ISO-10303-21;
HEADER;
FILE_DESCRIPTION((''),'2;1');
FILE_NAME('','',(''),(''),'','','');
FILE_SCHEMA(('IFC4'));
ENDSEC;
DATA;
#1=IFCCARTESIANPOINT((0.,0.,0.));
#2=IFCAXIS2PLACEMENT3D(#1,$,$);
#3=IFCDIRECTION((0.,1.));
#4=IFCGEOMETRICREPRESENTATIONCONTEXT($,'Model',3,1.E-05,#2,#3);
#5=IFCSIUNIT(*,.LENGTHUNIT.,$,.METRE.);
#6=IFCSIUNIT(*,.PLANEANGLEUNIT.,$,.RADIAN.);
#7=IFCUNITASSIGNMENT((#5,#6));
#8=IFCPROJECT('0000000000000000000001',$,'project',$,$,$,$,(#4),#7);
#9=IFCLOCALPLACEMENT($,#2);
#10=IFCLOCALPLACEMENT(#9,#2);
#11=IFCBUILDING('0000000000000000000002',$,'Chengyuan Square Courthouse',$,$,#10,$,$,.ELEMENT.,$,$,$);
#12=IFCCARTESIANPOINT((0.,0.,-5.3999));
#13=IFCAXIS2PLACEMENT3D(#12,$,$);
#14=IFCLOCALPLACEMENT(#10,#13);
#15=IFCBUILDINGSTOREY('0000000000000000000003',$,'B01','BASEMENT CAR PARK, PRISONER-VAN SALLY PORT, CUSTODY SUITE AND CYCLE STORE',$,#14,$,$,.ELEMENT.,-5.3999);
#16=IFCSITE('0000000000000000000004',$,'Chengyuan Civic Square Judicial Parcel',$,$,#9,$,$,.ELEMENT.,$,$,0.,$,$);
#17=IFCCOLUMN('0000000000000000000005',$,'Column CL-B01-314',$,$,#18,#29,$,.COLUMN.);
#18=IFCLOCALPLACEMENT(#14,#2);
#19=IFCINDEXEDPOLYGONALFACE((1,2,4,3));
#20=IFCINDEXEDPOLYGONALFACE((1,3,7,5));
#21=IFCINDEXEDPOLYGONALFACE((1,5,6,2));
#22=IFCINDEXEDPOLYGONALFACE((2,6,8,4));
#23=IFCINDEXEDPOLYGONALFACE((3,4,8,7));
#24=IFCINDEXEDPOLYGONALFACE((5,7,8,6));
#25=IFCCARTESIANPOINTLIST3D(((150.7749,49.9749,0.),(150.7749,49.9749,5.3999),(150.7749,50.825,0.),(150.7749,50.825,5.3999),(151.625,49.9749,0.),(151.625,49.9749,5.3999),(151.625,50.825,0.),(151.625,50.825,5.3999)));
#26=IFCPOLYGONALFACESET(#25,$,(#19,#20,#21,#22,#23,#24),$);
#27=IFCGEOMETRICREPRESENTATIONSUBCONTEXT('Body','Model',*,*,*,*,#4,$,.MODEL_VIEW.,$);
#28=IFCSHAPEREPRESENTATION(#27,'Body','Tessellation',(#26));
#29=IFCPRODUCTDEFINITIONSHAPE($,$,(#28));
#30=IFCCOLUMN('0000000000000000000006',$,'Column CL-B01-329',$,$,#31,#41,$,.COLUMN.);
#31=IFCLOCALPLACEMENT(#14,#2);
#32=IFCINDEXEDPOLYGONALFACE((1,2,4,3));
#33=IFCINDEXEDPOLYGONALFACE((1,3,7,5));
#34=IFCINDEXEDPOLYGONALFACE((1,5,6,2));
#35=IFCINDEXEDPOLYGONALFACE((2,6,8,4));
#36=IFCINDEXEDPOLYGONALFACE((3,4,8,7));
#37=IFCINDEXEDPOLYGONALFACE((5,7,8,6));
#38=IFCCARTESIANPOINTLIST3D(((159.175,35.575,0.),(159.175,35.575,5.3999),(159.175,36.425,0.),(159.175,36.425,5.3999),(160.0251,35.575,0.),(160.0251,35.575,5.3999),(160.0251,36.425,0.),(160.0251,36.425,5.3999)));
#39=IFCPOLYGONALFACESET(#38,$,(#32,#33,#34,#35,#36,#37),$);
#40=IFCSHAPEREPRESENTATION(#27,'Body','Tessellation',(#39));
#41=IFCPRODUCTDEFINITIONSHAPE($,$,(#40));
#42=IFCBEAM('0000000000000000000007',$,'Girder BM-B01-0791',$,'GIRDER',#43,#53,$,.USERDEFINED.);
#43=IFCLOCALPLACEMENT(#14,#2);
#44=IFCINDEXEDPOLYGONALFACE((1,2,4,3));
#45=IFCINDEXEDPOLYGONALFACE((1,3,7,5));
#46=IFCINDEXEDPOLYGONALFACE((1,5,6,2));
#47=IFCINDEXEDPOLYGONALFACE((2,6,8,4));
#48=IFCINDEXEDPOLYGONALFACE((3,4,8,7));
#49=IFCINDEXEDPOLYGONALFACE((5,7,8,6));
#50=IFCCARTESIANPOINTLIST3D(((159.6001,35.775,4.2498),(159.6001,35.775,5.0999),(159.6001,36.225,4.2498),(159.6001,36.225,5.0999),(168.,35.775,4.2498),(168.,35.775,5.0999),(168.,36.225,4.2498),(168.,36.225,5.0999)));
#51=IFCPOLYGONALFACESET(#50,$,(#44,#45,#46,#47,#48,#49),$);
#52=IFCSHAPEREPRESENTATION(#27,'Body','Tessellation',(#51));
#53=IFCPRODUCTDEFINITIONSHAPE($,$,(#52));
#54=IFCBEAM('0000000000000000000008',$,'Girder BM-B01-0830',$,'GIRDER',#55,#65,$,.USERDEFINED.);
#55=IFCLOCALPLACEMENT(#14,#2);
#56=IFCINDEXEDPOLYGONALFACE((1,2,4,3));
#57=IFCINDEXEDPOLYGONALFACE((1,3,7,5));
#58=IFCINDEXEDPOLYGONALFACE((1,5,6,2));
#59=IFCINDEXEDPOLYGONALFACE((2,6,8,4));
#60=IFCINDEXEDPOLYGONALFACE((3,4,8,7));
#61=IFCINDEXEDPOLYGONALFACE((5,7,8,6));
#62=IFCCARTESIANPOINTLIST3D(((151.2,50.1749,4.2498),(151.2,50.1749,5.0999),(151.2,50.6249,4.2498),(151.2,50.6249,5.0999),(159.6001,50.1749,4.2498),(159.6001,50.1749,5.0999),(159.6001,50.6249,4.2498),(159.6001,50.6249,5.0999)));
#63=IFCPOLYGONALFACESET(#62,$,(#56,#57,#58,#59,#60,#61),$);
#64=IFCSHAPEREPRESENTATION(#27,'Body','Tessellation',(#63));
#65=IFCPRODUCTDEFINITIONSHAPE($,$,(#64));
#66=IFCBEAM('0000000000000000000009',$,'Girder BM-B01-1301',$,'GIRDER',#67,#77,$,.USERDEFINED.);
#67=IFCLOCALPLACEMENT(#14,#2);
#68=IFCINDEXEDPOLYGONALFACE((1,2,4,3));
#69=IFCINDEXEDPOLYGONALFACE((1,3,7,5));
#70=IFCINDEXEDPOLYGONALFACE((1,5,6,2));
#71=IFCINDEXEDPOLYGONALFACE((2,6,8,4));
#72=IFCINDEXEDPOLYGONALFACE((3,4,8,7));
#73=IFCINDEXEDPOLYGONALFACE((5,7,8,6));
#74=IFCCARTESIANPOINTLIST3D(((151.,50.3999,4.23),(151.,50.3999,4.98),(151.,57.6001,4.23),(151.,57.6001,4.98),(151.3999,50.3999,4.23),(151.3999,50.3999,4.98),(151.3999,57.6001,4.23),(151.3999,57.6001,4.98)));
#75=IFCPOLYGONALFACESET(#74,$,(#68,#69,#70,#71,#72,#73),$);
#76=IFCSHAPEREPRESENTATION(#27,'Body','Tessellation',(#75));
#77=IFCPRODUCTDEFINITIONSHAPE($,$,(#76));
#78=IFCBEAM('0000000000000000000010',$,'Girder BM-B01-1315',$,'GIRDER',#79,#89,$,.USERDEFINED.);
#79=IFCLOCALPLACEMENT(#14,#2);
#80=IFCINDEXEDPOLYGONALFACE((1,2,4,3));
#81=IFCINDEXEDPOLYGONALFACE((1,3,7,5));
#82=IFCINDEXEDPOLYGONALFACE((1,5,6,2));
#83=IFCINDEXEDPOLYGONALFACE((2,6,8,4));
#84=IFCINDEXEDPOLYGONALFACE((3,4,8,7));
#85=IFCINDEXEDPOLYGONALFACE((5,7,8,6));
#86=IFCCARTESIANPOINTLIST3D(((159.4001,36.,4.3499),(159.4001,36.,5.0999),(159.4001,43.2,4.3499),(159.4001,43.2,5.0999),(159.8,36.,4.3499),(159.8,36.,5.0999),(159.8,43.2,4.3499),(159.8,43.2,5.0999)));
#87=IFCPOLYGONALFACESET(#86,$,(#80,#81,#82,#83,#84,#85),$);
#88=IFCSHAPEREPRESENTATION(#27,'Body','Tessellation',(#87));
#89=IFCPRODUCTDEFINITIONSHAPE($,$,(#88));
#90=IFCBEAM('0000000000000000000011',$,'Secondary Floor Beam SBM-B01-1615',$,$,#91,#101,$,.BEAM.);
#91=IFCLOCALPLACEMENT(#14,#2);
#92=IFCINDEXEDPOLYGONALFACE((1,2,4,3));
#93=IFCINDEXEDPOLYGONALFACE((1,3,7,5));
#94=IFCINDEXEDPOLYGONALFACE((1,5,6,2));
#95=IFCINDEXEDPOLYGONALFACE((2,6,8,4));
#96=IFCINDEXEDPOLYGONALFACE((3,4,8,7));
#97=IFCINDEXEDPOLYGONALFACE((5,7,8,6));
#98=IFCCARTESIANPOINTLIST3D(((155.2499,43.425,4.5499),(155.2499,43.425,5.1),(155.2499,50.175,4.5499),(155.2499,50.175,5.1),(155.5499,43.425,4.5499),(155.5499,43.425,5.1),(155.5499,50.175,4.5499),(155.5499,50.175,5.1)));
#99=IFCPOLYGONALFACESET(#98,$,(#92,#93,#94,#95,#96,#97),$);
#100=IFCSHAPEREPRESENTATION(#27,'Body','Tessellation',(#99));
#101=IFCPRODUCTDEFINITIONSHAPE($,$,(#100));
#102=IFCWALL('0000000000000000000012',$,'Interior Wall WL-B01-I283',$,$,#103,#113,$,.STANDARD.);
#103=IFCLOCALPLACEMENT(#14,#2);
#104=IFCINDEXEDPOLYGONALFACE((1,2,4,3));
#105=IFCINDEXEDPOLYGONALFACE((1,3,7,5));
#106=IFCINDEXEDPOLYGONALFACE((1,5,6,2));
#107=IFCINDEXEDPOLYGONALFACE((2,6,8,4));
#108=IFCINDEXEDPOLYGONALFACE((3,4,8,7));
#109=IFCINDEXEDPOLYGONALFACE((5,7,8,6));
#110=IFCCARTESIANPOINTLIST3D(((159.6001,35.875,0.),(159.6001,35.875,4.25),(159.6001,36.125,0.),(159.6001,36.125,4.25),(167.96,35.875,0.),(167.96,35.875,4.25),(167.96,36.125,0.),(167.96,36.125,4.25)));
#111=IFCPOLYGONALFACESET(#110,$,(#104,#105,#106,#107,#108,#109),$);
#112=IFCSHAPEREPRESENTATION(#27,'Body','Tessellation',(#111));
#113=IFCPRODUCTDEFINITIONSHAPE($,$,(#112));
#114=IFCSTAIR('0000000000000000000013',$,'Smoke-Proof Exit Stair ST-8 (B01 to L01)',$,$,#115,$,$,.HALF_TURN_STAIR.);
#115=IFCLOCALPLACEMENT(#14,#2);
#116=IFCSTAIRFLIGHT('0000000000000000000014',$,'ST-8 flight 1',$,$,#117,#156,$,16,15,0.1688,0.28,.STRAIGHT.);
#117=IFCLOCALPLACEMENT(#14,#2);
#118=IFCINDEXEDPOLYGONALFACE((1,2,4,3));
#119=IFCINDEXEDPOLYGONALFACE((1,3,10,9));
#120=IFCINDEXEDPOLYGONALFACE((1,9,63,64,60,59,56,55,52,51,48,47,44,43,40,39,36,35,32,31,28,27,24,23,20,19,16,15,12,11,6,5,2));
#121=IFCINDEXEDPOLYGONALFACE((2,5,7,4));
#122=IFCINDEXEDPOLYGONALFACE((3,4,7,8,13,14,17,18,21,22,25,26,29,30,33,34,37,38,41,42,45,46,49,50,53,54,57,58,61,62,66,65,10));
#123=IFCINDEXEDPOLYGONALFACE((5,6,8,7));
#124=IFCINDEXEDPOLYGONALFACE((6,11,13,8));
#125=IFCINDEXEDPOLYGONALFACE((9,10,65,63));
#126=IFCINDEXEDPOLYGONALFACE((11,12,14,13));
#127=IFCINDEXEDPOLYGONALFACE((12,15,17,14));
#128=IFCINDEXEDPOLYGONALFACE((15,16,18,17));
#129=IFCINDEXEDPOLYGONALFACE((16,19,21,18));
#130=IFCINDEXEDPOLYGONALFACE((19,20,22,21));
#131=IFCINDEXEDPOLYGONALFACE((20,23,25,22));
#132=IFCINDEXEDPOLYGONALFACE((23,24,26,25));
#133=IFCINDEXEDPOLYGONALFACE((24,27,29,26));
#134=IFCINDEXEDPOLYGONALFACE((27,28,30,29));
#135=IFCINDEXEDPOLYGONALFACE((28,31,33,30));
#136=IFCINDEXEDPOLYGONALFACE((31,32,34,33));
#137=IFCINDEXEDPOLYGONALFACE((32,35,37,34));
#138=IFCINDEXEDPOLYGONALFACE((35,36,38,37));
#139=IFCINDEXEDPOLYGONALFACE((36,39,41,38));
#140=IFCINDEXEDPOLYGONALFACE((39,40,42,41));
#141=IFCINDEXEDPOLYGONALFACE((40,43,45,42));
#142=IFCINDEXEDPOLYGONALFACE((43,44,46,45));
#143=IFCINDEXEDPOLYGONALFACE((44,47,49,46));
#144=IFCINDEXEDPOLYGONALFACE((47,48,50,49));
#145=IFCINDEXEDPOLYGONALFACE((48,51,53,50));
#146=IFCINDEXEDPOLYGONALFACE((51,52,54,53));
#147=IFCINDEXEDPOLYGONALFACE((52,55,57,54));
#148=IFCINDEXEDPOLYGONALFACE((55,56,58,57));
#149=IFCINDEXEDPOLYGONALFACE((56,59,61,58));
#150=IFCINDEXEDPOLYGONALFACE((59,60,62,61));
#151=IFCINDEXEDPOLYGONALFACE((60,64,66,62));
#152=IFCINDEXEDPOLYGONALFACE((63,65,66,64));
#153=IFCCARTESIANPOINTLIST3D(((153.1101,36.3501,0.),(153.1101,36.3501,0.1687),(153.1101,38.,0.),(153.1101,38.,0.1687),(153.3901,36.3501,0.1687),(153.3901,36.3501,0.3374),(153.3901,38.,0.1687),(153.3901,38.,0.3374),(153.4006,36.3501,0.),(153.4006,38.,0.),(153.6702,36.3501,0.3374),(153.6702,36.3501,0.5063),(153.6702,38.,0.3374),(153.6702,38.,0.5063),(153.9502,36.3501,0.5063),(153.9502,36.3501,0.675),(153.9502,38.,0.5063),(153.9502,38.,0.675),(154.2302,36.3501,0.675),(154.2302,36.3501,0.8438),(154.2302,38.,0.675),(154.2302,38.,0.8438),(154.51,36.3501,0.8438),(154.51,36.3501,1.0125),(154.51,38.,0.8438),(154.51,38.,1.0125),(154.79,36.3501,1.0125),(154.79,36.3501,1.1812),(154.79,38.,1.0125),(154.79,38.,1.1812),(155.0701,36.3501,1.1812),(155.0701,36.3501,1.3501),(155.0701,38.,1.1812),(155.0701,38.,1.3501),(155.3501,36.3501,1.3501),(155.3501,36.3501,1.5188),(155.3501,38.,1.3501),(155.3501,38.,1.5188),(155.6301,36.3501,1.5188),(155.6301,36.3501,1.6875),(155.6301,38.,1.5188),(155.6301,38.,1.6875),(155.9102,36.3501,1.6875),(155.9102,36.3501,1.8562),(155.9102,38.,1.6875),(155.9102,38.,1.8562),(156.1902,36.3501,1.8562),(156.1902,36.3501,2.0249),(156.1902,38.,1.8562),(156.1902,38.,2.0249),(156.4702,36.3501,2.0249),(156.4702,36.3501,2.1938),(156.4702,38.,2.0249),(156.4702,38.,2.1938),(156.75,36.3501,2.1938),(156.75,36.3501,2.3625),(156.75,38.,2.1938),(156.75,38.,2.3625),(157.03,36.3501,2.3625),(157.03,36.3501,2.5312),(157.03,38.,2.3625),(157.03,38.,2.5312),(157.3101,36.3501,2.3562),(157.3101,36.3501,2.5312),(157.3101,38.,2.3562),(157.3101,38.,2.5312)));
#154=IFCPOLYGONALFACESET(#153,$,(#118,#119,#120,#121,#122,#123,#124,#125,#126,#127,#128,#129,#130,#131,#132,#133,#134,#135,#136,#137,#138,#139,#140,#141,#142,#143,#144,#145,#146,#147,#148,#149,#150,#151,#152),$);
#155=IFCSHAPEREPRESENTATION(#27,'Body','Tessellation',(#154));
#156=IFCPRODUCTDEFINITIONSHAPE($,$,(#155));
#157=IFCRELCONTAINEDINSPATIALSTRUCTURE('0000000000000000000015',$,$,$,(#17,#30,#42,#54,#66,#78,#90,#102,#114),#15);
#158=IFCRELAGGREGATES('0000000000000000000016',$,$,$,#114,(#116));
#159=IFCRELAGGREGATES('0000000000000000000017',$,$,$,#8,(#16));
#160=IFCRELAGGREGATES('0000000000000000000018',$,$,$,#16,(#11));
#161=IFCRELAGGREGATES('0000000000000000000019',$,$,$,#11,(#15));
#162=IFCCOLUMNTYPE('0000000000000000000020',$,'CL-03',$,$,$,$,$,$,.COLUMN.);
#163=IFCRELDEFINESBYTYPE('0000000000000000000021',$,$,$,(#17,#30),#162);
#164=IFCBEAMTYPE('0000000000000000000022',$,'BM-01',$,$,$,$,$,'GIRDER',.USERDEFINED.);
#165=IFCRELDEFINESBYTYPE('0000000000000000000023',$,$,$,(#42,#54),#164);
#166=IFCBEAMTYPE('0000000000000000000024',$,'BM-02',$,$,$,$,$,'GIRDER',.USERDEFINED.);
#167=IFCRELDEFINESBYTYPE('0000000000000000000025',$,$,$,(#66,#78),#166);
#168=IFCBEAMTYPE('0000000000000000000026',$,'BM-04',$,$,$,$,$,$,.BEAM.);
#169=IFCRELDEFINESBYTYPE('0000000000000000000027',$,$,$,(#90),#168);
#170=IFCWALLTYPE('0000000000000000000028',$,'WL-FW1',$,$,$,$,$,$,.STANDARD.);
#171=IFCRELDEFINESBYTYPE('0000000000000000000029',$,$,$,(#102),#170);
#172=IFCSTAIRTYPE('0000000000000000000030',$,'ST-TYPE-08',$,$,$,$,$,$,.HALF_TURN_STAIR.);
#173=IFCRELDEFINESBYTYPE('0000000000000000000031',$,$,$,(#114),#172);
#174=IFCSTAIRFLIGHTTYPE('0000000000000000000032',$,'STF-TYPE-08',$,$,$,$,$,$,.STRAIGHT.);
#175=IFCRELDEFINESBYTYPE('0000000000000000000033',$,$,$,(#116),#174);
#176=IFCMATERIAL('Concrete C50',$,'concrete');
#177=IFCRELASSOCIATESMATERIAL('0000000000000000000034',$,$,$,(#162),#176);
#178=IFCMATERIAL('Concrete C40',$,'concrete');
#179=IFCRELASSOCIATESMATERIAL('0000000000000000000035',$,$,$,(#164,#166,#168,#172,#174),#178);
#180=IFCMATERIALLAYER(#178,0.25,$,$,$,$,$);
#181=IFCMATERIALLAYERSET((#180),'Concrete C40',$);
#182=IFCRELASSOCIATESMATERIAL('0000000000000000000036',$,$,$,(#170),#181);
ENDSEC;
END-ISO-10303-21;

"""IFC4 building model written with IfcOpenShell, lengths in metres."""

from ifc_helpers import new_model, si_unit, direction, frame, frame_2d, origin, origin_2d, place, context, subcontext, project, spatial, polyline, rectangle, outline, extrude, material, layer, layer_set, material_profile, profile_set, type_object, element, aggregate, save


model = new_model("IFC4")

# Units and contexts
model_context = context("Model", 3, precision=1e-05, world=origin(), true_north=direction((0.0, 1.0)))
body_context = subcontext(model_context, "Body", "Model", "MODEL_VIEW")
ifc_project = project(units=[si_unit("LENGTHUNIT", "METRE"), si_unit("PLANEANGLEUNIT", "RADIAN")], contexts=[model_context])

# Site, building, storey
site_placement = place(None, origin())
site = spatial("IfcSite", under=ifc_project, at=site_placement, Name="Chengyuan Civic Square Judicial Parcel", CompositionType="ELEMENT", RefElevation=0.0)
building_placement = place(site_placement, origin())
building = spatial("IfcBuilding", under=site, at=building_placement, Name="Chengyuan Square Courthouse", CompositionType="ELEMENT")
storey_placement = place(building_placement, frame((0.0, 0.0, -5.3999)))
storey = spatial("IfcBuildingStorey", under=building, at=storey_placement, Name="B01", Description="BASEMENT CAR PARK, PRISONER-VAN SALLY PORT, CUSTODY SUITE AND CYCLE STORE", CompositionType="ELEMENT", Elevation=-5.3999)

# Columns
ifc_material_1 = material(Name="Concrete C50", Category="concrete")
ifc_material_profile_1 = material_profile(ifc_material_1, rectangle(XDim=0.8501, YDim=0.8501, at=origin_2d()), Name="RC-COL-850x850")
ifc_profile_set_1 = profile_set([ifc_material_profile_1], Name="Concrete C50")
column_type = type_object("IfcColumnType", Name="CL-03", PredefinedType="COLUMN", material=ifc_profile_set_1)
for number, where, z_axis, x_axis, name in (
    (1, (151.2, 50.3999, 0.0), (0.0, 0.0, 1.0), (1.0, 0.0, 0.0), "Column CL-B01-314"),
    (2, (159.6001, 36.0, 0.0), (0.0, 0.0, 1.0), (1.0, 0.0, 0.0), "Column CL-B01-329"),
):
    element("IfcColumn", number, at=place(storey_placement, frame(where, z_axis=z_axis, x_axis=x_axis)), inside=storey, type_object=column_type, Name=name, PredefinedType="COLUMN", context=body_context, shape_type="SweptSolid", body=[
        extrude(rectangle(XDim=0.8501, YDim=0.8501, at=origin_2d()), origin(), (0.0, 0.0, 1.0), 5.3999),
    ])

# Beams
ifc_material_2 = material(Name="Concrete C40", Category="concrete")
ifc_material_profile_2 = material_profile(ifc_material_2, rectangle(XDim=0.45, YDim=0.8501, at=origin_2d()), Name="RC-BM-450x850")
ifc_profile_set_2 = profile_set([ifc_material_profile_2], Name="Concrete C40")
beam_type_1 = type_object("IfcBeamType", Name="BM-01", ElementType="GIRDER", PredefinedType="USERDEFINED", material=ifc_profile_set_2)
beam_1_placement = place(storey_placement, frame((159.6001, 36.0, 4.6748), z_axis=(1.0, 0.0, 0.0), x_axis=(0.0, 1.0, 0.0)))
element("IfcBeam", 3, at=beam_1_placement, inside=storey, type_object=beam_type_1, Name="Girder BM-B01-0791", ObjectType="GIRDER", PredefinedType="USERDEFINED", context=body_context, shape_type="SweptSolid", body=[
    extrude(rectangle(XDim=0.45, YDim=0.8501, at=origin_2d()), origin(), (0.0, 0.0, 1.0), 8.3999),
])
beam_2_placement = place(storey_placement, frame((151.2, 50.3999, 4.6748), z_axis=(1.0, 0.0, 0.0), x_axis=(0.0, 1.0, 0.0)))
element("IfcBeam", 4, at=beam_2_placement, inside=storey, type_object=beam_type_1, Name="Girder BM-B01-0830", ObjectType="GIRDER", PredefinedType="USERDEFINED", context=body_context, shape_type="SweptSolid", body=[
    extrude(rectangle(XDim=0.45, YDim=0.8501, at=origin_2d()), origin(), (0.0, 0.0, 1.0), 8.4001),
])
ifc_material_profile_3 = material_profile(ifc_material_2, rectangle(XDim=0.3999, YDim=0.75, at=origin_2d()), Name="RC-BM-400x750")
ifc_profile_set_3 = profile_set([ifc_material_profile_3], Name="Concrete C40")
beam_type_2 = type_object("IfcBeamType", Name="BM-02", ElementType="GIRDER", PredefinedType="USERDEFINED", material=ifc_profile_set_3)
beam_3_placement = place(storey_placement, frame((151.2, 50.3999, 4.605), z_axis=(0.0, 1.0, 0.0), x_axis=(-1.0, 0.0, 0.0)))
element("IfcBeam", 5, at=beam_3_placement, inside=storey, type_object=beam_type_2, Name="Girder BM-B01-1301", ObjectType="GIRDER", PredefinedType="USERDEFINED", context=body_context, shape_type="SweptSolid", body=[
    extrude(rectangle(XDim=0.3999, YDim=0.75, at=origin_2d()), origin(), (0.0, 0.0, 1.0), 7.2002),
])
beam_4_placement = place(storey_placement, frame((159.6001, 36.0, 4.7249), z_axis=(0.0, 1.0, 0.0), x_axis=(-1.0, 0.0, 0.0)))
element("IfcBeam", 6, at=beam_4_placement, inside=storey, type_object=beam_type_2, Name="Girder BM-B01-1315", ObjectType="GIRDER", PredefinedType="USERDEFINED", context=body_context, shape_type="SweptSolid", body=[
    extrude(rectangle(XDim=0.3999, YDim=0.75, at=origin_2d()), origin(), (0.0, 0.0, 1.0), 7.2),
])
ifc_material_profile_4 = material_profile(ifc_material_2, rectangle(XDim=0.3, YDim=0.55, at=origin_2d()), Name="RC-BM-300x550")
ifc_profile_set_4 = profile_set([ifc_material_profile_4], Name="Concrete C40")
beam_type_3 = type_object("IfcBeamType", Name="BM-04", PredefinedType="BEAM", material=ifc_profile_set_4)
beam_5_placement = place(storey_placement, frame((155.3999, 43.425, 4.825), z_axis=(0.0, 1.0, 0.0), x_axis=(-1.0, 0.0, 0.0)))
element("IfcBeam", 7, at=beam_5_placement, inside=storey, type_object=beam_type_3, Name="Secondary Floor Beam SBM-B01-1615", PredefinedType="BEAM", context=body_context, shape_type="SweptSolid", body=[
    extrude(rectangle(XDim=0.3, YDim=0.55, at=origin_2d()), origin(), (0.0, 0.0, 1.0), 6.75),
])

# Wall
ifc_layer = layer(ifc_material_2, 0.25)
ifc_layer_set = layer_set([ifc_layer], Name="Concrete C40")
wall_type = type_object("IfcWallType", Name="WL-FW1", PredefinedType="STANDARD", material=ifc_layer_set)
wall_placement = place(storey_placement, frame((159.6001, 36.0, 0.0), z_axis=(0.0, 0.0, 1.0), x_axis=(1.0, 0.0, 0.0)))
element("IfcWall", 8, at=wall_placement, inside=storey, type_object=wall_type, Name="Interior Wall WL-B01-I283", PredefinedType="STANDARD", context=body_context, shape_type="SweptSolid", body=[
    extrude(rectangle(XDim=8.3599, YDim=0.25, at=frame_2d((4.1799, 0.0))), origin(), (0.0, 0.0, 1.0), 4.25),
])

# Stair, stair flight
stair_type = type_object("IfcStairType", Name="ST-TYPE-08", PredefinedType="HALF_TURN_STAIR", material=ifc_material_2)
stair_placement = place(storey_placement, origin())
stair = element("IfcStair", 9, at=stair_placement, inside=storey, type_object=stair_type, Name="Smoke-Proof Exit Stair ST-8 (B01 to L01)", PredefinedType="HALF_TURN_STAIR")
stair_flight_type = type_object("IfcStairFlightType", Name="STF-TYPE-08", PredefinedType="STRAIGHT", material=ifc_material_2)
stair_flight_1_placement = place(storey_placement, frame((153.1101, 37.175, 0.0), z_axis=(0.0, 0.0, 1.0), x_axis=(1.0, 0.0, 0.0)))
stair_flight_1 = element("IfcStairFlight", 10, at=stair_flight_1_placement, type_object=stair_flight_type, Name="ST-8 flight 1", NumberOfRisers=16, NumberOfTreads=15, PredefinedType="STRAIGHT", RiserHeight=0.1688, TreadLength=0.28, context=body_context, shape_type="SweptSolid", body=[
    extrude(outline(polyline([(0.0, 0.0), (0.0, 0.1687), (0.28, 0.1687), (0.28, 0.3374), (0.5601, 0.3374), (0.5601, 0.5063), (0.8401, 0.5063), (0.8401, 0.675), (1.1201, 0.675), (1.1201, 0.8438), (1.3999, 0.8438), (1.3999, 1.0125), (1.6799, 1.0125), (1.6799, 1.1812), (1.96, 1.1812), (1.96, 1.3501), (2.24, 1.3501), (2.24, 1.5188), (2.52, 1.5188), (2.52, 1.6875), (2.8, 1.6875), (2.8, 1.8562), (3.0801, 1.8562), (3.0801, 2.0249), (3.3601, 2.0249), (3.3601, 2.1938), (3.6399, 2.1938), (3.6399, 2.3625), (3.9199, 2.3625), (3.9199, 2.5312), (4.2, 2.5312), (4.2, 2.7), (4.2, 2.3562), (0.2905, 0.0), (0.0, 0.0)])), frame((0.0, 0.825, 0.0), z_axis=(0.0, -1.0, 0.0), x_axis=(1.0, 0.0, 0.0)), (0.0, 0.0, 1.0), 1.6499),
])
aggregate(stair, [stair_flight_1])

save(model, "model.ifc")
